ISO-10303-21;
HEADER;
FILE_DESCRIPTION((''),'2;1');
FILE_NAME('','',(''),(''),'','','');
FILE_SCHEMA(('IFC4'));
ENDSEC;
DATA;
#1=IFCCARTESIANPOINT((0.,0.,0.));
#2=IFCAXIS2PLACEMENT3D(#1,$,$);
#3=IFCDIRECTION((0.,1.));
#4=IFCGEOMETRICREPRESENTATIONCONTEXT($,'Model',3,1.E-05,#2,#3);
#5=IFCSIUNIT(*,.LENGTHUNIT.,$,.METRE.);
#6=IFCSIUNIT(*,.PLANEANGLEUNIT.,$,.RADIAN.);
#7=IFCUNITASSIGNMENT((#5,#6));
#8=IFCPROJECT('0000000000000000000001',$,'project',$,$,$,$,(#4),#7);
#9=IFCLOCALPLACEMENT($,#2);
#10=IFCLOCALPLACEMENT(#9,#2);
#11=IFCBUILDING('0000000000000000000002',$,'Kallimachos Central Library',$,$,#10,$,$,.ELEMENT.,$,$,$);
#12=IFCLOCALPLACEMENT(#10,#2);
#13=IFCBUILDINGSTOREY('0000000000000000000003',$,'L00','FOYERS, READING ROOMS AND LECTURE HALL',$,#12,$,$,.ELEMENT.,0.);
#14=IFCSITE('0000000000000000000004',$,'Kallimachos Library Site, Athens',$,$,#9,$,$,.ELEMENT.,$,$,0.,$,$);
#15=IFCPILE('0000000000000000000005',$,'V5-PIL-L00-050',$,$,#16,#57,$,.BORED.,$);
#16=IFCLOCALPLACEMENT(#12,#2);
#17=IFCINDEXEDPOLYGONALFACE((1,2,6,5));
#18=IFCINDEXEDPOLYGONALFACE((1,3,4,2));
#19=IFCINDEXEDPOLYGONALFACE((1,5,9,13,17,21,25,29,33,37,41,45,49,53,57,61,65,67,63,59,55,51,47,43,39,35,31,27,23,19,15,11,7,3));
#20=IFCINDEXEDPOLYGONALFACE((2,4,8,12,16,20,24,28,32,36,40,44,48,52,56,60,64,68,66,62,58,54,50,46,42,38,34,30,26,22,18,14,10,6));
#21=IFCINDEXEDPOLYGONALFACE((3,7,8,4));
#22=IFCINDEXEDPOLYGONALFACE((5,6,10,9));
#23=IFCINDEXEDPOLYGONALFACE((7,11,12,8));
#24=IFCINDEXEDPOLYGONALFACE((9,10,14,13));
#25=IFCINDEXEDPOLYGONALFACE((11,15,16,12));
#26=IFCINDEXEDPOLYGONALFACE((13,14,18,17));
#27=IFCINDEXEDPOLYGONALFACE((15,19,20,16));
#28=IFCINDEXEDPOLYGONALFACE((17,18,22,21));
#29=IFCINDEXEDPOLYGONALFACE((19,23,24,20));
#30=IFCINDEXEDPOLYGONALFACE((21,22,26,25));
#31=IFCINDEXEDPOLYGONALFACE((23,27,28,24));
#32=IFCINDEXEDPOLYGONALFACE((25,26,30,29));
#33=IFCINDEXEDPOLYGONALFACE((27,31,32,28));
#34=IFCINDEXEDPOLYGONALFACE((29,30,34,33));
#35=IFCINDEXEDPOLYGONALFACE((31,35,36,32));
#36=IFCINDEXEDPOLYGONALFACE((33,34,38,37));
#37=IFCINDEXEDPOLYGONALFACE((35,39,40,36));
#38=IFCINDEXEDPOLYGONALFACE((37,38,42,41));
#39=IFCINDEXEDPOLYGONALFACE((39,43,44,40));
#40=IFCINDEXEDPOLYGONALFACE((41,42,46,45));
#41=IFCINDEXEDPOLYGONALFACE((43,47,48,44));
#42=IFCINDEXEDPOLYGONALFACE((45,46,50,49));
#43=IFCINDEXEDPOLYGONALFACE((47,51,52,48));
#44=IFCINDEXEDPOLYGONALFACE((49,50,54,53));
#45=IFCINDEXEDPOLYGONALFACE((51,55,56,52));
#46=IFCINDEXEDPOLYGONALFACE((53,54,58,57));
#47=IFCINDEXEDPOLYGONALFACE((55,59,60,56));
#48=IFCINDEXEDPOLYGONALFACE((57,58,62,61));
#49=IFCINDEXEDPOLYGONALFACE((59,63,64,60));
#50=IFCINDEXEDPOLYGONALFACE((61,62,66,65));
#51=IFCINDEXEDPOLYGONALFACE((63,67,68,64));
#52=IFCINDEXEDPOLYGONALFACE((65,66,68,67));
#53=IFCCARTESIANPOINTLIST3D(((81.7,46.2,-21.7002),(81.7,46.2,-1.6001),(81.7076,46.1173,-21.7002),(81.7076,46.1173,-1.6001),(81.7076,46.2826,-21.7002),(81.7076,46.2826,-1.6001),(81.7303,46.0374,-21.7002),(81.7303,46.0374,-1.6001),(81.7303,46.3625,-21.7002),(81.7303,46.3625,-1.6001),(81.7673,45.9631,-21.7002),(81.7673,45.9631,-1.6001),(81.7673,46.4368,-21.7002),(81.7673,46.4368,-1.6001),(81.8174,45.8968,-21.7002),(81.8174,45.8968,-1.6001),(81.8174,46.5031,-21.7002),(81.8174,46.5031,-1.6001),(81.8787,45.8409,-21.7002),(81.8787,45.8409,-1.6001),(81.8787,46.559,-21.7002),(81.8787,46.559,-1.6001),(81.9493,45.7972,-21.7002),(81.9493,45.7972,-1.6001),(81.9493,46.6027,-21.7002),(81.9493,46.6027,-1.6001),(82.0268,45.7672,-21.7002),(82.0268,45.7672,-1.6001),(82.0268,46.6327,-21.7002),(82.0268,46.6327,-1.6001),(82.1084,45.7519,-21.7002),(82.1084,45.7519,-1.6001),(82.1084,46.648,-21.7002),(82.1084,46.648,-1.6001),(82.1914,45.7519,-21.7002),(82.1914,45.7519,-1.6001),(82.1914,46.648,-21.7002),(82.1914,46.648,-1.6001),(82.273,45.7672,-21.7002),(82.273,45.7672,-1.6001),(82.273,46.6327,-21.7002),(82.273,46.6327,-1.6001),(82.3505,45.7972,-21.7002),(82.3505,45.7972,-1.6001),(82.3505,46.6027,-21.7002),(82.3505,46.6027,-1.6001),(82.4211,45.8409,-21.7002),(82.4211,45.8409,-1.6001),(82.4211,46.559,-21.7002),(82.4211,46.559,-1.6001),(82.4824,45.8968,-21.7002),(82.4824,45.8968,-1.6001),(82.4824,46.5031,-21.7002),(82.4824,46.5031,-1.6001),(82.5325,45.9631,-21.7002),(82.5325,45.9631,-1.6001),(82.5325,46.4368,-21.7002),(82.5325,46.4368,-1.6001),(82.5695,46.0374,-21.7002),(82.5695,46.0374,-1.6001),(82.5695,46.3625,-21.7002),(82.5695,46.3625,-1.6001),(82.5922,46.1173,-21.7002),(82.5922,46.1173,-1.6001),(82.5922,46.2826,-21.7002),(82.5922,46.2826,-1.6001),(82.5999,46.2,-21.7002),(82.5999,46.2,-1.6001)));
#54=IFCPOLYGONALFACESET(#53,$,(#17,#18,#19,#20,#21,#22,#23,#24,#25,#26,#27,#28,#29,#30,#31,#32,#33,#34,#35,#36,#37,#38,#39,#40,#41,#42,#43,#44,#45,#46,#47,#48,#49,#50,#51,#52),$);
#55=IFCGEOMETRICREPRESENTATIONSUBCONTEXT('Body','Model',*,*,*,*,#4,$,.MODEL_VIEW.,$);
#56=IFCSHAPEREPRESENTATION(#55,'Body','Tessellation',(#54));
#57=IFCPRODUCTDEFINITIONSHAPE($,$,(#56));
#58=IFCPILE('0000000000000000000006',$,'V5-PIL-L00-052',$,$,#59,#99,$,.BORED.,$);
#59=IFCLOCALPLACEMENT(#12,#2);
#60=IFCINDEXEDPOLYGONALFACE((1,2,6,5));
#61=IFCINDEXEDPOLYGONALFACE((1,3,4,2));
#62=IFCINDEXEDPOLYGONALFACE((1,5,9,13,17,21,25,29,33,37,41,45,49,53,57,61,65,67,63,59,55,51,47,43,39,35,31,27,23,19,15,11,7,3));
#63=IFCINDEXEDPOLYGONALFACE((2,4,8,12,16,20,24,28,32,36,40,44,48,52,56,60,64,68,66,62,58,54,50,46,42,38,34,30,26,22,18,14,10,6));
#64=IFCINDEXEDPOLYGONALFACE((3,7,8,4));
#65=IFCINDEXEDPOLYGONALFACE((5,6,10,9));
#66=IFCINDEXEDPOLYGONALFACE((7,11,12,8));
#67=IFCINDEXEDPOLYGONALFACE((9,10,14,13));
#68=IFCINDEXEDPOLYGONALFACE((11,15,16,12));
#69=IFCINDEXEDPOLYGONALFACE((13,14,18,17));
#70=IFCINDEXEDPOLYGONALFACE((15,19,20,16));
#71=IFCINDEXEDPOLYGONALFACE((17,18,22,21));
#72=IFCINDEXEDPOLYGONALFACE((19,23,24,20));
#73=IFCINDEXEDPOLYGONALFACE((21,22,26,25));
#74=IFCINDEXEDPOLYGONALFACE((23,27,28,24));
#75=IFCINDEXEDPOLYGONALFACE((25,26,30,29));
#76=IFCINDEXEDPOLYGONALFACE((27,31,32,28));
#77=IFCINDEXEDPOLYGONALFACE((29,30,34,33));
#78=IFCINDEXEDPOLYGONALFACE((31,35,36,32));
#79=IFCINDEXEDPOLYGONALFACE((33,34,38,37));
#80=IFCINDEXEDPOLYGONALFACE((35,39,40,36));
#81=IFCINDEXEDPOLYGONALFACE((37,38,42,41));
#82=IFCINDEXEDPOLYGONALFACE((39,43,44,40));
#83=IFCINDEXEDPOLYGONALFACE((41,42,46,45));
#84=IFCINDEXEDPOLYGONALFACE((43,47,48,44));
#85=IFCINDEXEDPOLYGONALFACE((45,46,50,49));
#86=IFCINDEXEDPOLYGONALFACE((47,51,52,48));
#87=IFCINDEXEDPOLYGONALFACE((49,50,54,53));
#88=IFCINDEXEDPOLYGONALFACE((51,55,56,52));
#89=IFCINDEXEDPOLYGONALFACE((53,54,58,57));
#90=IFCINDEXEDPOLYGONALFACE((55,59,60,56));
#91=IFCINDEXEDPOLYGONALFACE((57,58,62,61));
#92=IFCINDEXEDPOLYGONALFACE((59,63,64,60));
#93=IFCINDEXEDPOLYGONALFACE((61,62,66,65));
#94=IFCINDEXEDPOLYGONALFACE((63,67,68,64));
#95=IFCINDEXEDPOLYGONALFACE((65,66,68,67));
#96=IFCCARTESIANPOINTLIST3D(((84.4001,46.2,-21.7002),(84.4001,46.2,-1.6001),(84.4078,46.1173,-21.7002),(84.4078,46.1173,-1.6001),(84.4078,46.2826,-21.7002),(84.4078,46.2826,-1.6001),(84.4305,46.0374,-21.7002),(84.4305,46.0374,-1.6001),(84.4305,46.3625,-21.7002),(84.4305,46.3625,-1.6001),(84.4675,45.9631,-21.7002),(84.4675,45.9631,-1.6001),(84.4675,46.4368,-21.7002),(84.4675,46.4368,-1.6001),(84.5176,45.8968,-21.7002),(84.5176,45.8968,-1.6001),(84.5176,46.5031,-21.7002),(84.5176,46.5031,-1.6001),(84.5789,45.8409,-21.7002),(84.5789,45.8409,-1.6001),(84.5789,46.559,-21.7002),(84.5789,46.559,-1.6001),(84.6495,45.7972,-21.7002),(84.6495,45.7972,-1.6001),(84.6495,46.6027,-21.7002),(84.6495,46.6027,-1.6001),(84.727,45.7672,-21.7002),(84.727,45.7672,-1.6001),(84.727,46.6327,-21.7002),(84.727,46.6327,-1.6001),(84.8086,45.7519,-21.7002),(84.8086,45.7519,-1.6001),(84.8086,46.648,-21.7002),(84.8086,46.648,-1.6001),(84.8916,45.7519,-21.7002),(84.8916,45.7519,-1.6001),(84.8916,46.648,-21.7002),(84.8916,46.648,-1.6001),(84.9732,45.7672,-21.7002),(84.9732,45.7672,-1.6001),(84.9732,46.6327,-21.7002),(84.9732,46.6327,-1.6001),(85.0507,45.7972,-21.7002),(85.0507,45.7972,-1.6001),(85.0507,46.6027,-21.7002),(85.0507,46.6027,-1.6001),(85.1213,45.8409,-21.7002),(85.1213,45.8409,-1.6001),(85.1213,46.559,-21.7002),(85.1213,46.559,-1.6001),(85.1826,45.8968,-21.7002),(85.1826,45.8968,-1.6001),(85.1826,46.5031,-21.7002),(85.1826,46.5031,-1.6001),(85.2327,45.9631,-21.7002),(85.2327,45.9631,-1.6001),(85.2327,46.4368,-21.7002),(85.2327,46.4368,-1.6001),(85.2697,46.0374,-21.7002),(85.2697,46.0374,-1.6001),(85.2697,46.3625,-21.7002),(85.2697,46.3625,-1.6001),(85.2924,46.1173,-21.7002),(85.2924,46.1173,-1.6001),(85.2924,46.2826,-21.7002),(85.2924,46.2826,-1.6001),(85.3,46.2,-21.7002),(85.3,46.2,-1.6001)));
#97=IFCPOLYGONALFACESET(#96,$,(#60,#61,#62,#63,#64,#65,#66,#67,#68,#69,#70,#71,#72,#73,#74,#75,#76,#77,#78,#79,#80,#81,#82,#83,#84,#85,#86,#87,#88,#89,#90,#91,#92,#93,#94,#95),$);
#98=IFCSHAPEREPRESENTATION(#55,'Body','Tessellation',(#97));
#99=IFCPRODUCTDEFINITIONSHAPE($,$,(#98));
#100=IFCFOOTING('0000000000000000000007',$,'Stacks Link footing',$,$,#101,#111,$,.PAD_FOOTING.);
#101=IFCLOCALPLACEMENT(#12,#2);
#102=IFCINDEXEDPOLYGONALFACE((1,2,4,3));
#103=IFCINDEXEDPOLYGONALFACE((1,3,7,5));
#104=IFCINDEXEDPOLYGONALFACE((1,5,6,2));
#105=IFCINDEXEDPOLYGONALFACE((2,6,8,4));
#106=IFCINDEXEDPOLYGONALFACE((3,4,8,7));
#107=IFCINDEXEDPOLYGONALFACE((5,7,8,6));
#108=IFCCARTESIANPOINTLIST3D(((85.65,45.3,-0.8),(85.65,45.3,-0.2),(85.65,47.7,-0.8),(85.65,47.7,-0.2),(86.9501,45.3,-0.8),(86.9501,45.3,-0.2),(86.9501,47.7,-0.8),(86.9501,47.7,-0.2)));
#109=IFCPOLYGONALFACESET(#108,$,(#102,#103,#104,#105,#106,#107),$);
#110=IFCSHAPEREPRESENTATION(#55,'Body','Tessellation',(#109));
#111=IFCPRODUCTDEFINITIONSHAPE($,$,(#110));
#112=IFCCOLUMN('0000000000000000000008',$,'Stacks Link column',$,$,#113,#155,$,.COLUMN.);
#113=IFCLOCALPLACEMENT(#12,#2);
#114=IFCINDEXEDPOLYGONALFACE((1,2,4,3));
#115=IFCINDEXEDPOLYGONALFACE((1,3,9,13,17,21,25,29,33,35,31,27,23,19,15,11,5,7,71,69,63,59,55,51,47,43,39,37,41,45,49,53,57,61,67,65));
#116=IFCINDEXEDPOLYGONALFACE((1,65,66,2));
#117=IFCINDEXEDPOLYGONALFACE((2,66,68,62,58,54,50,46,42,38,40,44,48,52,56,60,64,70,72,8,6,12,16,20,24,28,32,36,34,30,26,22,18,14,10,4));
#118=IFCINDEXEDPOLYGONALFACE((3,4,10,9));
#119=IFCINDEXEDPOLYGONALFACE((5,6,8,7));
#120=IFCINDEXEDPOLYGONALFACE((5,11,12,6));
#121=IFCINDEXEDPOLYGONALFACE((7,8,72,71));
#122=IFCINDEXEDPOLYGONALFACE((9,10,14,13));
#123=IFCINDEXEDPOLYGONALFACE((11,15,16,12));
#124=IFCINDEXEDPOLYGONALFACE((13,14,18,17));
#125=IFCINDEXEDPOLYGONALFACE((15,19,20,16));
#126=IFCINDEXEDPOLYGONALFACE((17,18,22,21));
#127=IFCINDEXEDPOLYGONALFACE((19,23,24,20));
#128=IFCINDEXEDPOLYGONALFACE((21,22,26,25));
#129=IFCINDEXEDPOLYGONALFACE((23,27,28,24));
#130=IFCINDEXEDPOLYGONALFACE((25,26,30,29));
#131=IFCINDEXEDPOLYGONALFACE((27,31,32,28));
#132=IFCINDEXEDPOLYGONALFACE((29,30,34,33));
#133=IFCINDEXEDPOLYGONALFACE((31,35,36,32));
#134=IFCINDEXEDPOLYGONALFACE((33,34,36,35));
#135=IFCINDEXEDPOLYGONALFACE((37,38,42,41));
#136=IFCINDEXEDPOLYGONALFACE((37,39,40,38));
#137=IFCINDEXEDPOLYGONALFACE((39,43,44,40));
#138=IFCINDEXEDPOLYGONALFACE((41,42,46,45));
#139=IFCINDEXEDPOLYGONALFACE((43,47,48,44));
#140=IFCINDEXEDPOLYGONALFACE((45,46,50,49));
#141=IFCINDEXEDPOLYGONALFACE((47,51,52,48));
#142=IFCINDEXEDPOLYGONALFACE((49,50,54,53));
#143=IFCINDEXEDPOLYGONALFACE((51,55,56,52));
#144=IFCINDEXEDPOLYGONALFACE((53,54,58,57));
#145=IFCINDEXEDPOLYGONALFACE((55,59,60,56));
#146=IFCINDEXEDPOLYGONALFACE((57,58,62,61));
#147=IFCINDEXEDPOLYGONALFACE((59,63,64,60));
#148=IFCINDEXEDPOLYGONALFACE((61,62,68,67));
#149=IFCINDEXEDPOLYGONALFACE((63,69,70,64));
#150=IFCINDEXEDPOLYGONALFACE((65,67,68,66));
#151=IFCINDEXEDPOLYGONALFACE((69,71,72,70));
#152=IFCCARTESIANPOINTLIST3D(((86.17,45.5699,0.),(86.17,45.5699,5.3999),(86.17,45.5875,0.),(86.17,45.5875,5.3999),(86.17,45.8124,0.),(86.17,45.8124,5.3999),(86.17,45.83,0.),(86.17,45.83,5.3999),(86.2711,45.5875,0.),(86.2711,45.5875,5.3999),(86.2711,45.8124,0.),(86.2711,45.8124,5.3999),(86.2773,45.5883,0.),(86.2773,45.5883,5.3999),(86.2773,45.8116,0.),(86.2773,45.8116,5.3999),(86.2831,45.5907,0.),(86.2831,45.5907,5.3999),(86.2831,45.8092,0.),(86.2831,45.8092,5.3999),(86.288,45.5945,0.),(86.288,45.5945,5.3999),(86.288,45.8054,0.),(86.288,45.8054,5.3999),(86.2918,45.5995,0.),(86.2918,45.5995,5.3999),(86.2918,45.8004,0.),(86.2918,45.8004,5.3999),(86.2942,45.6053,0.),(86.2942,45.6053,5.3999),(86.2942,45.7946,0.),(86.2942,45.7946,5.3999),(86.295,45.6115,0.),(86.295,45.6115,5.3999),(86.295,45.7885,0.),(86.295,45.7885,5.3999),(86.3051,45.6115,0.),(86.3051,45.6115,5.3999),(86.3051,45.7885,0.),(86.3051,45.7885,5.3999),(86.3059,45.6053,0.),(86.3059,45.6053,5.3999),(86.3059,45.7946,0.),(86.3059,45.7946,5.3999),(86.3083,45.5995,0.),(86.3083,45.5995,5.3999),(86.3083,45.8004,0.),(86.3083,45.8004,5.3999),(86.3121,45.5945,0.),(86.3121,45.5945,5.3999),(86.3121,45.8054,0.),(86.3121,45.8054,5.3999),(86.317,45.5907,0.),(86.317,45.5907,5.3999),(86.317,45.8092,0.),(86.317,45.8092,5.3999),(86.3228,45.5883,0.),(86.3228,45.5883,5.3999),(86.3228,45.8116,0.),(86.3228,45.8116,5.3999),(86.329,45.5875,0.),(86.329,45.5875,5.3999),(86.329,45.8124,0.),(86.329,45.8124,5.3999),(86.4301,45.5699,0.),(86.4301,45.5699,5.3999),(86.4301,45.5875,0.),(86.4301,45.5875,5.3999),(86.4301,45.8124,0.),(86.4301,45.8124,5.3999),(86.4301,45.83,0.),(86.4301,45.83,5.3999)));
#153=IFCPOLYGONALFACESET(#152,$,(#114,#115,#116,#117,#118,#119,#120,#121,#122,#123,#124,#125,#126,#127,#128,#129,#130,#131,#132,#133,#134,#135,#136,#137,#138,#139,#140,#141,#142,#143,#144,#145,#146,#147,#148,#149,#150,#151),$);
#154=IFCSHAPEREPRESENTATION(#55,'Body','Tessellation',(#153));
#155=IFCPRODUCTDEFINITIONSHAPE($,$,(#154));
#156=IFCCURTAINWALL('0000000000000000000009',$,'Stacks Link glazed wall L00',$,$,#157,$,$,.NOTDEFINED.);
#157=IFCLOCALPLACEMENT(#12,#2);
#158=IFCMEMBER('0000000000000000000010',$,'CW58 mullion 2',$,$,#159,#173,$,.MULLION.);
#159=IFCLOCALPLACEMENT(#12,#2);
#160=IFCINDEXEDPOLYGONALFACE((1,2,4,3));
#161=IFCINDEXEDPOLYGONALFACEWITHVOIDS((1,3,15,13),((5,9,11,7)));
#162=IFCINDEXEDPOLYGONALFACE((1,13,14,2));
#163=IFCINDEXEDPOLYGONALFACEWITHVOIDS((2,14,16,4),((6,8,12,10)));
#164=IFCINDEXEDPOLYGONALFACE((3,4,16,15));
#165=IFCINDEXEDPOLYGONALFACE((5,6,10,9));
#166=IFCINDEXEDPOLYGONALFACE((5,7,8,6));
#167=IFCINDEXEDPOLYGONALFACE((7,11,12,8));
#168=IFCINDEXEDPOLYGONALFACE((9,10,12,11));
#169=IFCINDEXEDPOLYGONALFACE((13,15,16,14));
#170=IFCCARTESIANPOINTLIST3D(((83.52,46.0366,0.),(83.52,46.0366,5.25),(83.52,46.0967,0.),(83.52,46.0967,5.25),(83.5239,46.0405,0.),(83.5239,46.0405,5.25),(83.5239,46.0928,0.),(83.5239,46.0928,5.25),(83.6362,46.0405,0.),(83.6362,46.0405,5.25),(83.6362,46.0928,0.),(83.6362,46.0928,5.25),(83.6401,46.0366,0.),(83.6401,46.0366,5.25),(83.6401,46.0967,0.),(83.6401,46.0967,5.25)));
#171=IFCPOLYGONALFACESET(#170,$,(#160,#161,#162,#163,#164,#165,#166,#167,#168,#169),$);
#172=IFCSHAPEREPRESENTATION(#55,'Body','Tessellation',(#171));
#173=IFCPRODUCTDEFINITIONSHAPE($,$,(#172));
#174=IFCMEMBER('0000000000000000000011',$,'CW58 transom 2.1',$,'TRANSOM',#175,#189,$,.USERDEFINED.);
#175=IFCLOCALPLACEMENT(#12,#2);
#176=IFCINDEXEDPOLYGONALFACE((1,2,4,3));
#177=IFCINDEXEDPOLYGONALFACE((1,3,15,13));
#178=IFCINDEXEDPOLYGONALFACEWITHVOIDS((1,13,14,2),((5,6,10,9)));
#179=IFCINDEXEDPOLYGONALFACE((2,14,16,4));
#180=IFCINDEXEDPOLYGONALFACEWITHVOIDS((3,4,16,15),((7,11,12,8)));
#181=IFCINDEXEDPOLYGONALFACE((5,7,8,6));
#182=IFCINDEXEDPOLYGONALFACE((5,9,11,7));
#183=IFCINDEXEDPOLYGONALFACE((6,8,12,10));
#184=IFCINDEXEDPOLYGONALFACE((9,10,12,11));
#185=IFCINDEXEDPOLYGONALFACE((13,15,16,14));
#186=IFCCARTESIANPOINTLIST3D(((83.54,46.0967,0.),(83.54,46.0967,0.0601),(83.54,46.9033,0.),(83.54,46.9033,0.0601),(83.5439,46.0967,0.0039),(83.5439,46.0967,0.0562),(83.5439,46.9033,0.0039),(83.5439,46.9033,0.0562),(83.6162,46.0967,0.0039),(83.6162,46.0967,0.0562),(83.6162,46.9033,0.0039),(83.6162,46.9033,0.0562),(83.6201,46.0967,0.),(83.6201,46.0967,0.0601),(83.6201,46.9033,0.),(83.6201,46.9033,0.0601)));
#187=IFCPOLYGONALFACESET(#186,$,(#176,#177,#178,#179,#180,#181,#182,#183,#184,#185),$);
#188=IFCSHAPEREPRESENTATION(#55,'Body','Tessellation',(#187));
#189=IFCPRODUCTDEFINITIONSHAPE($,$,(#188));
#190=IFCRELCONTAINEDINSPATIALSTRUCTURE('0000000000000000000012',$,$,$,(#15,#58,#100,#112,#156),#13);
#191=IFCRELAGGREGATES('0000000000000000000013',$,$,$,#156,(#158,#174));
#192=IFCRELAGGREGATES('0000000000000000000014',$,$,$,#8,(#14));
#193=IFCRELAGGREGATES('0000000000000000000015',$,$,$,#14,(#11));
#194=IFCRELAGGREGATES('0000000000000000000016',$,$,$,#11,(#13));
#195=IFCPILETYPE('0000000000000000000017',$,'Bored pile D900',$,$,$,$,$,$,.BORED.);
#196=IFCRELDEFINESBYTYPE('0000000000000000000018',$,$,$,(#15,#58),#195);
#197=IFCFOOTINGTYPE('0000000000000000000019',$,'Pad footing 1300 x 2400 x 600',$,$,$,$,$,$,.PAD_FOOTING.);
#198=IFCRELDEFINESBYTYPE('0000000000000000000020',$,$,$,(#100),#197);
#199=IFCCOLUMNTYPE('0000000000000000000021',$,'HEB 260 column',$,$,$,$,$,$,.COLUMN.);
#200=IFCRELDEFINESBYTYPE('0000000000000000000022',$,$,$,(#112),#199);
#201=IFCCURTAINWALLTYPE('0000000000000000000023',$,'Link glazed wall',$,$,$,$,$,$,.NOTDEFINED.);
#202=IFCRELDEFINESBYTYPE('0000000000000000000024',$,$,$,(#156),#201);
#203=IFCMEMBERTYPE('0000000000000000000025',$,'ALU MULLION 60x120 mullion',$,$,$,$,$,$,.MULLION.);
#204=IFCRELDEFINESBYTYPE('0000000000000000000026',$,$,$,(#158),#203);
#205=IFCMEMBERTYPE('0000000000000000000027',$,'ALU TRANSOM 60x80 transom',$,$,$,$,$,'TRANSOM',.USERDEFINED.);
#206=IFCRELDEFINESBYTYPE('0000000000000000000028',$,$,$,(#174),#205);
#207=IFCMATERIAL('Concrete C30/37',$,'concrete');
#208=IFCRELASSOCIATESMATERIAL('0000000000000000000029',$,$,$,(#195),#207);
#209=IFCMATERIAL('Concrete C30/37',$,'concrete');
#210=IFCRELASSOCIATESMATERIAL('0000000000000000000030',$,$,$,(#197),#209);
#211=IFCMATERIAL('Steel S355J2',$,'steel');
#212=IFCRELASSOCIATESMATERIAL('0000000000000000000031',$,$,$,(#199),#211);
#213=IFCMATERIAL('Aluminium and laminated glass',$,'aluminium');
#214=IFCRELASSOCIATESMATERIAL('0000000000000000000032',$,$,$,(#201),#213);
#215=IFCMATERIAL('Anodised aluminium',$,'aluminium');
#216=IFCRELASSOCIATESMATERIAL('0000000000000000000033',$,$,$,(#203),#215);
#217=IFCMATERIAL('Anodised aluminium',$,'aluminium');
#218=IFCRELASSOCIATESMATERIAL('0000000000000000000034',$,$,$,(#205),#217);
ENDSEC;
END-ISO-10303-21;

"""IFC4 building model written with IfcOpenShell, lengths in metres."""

from ifc_helpers import new_model, si_unit, direction, frame, origin, origin_2d, place, context, subcontext, project, spatial, rectangle, hollow_rectangle, circle, i_section, extrude, material, material_profile, profile_set, type_object, element, aggregate, save


model = new_model("IFC4")

# Units and contexts
model_context = context("Model", 3, precision=1e-05, world=origin(), true_north=direction((0.0, 1.0)))
body_context = subcontext(model_context, "Body", "Model", "MODEL_VIEW")
ifc_project = project(units=[si_unit("LENGTHUNIT", "METRE"), si_unit("PLANEANGLEUNIT", "RADIAN")], contexts=[model_context])

# Site, building, storey
site_placement = place(None, origin())
site = spatial("IfcSite", under=ifc_project, at=site_placement, Name="Kallimachos Library Site, Athens", CompositionType="ELEMENT", RefElevation=0.0)
building_placement = place(site_placement, origin())
building = spatial("IfcBuilding", under=site, at=building_placement, Name="Kallimachos Central Library", CompositionType="ELEMENT")
storey_placement = place(building_placement, origin())
storey = spatial("IfcBuildingStorey", under=building, at=storey_placement, Name="L00", Description="FOYERS, READING ROOMS AND LECTURE HALL", CompositionType="ELEMENT", Elevation=0.0)

# Piles
ifc_material_1 = material(Name="Concrete C30/37", Category="concrete")
pile_type = type_object("IfcPileType", Name="Bored pile D900", PredefinedType="BORED", material=ifc_material_1)
for number, where, z_axis, x_axis, name in (
    (1, (82.1499, 46.2, -1.6001), (0.0, 0.0, -1.0), (1.0, 0.0, 0.0), "V5-PIL-L00-050"),
    (2, (84.8501, 46.2, -1.6001), (0.0, 0.0, -1.0), (1.0, 0.0, 0.0), "V5-PIL-L00-052"),
):
    element("IfcPile", number, at=place(storey_placement, frame(where, z_axis=z_axis, x_axis=x_axis)), inside=storey, type_object=pile_type, Name=name, PredefinedType="BORED", context=body_context, shape_type="SweptSolid", body=[
        extrude(circle(Radius=0.45, at=origin_2d()), origin(), (0.0, 0.0, 1.0), 20.1001),
    ])

# Footing
ifc_material_2 = material(Name="Concrete C30/37", Category="concrete")
footing_type = type_object("IfcFootingType", Name="Pad footing 1300 x 2400 x 600", PredefinedType="PAD_FOOTING", material=ifc_material_2)
footing_placement = place(storey_placement, frame((86.3, 46.5, -0.8), z_axis=(0.0, 0.0, 1.0), x_axis=(1.0, 0.0, 0.0)))
element("IfcFooting", 3, at=footing_placement, inside=storey, type_object=footing_type, Name="Stacks Link footing", PredefinedType="PAD_FOOTING", context=body_context, shape_type="SweptSolid", body=[
    extrude(rectangle(XDim=1.3, YDim=2.3999, at=origin_2d()), origin(), (0.0, 0.0, 1.0), 0.6001),
])

# Column
ifc_material_3 = material(Name="Steel S355J2", Category="steel")
ifc_material_profile_1 = material_profile(ifc_material_3, i_section(OverallWidth=0.26, OverallDepth=0.26, WebThickness=0.01, FlangeThickness=0.0176, FilletRadius=0.0239, at=origin_2d()), Name="HEB 260")
ifc_profile_set_1 = profile_set([ifc_material_profile_1], Name="Steel S355J2")
column_type = type_object("IfcColumnType", Name="HEB 260 column", PredefinedType="COLUMN", material=ifc_profile_set_1)
column_placement = place(storey_placement, frame((86.3, 45.7, 0.0), z_axis=(0.0, 0.0, 1.0), x_axis=(1.0, 0.0, 0.0)))
element("IfcColumn", 4, at=column_placement, inside=storey, type_object=column_type, Name="Stacks Link column", PredefinedType="COLUMN", context=body_context, shape_type="SweptSolid", body=[
    extrude(i_section(OverallWidth=0.26, OverallDepth=0.26, WebThickness=0.01, FlangeThickness=0.0176, FilletRadius=0.0239, at=origin_2d()), origin(), (0.0, 0.0, 1.0), 5.3999),
])

# Curtain wall, members
ifc_material_4 = material(Name="Aluminium and laminated glass", Category="aluminium")
curtain_wall_type = type_object("IfcCurtainWallType", Name="Link glazed wall", PredefinedType="NOTDEFINED", material=ifc_material_4)
curtain_wall_placement = place(storey_placement, origin())
curtain_wall = element("IfcCurtainWall", 5, at=curtain_wall_placement, inside=storey, type_object=curtain_wall_type, Name="Stacks Link glazed wall L00", PredefinedType="NOTDEFINED")
ifc_material_5 = material(Name="Anodised aluminium", Category="aluminium")
ifc_material_profile_2 = material_profile(ifc_material_5, hollow_rectangle(XDim=0.0601, YDim=0.1201, WallThickness=0.0039, at=origin_2d()), Name="ALU MULLION 60x120")
ifc_profile_set_2 = profile_set([ifc_material_profile_2], Name="Anodised aluminium")
member_type_1 = type_object("IfcMemberType", Name="ALU MULLION 60x120 mullion", PredefinedType="MULLION", material=ifc_profile_set_2)
member_1_placement = place(storey_placement, frame((83.5801, 46.0667, 0.0), z_axis=(0.0, 0.0, 1.0), x_axis=(0.0, 1.0, 0.0)))
member_1 = element("IfcMember", 6, at=member_1_placement, type_object=member_type_1, Name="CW58 mullion 2", PredefinedType="MULLION", context=body_context, shape_type="SweptSolid", body=[
    extrude(hollow_rectangle(XDim=0.0601, YDim=0.1201, WallThickness=0.0039, at=origin_2d()), origin(), (0.0, 0.0, 1.0), 5.25),
])
ifc_material_6 = material(Name="Anodised aluminium", Category="aluminium")
ifc_material_profile_3 = material_profile(ifc_material_6, hollow_rectangle(XDim=0.0601, YDim=0.0801, WallThickness=0.0039, at=origin_2d()), Name="ALU TRANSOM 60x80")
ifc_profile_set_3 = profile_set([ifc_material_profile_3], Name="Anodised aluminium")
member_type_2 = type_object("IfcMemberType", Name="ALU TRANSOM 60x80 transom", ElementType="TRANSOM", PredefinedType="USERDEFINED", material=ifc_profile_set_3)
member_2_placement = place(storey_placement, frame((83.5801, 46.0967, 0.03), z_axis=(0.0, 1.0, 0.0), x_axis=(0.0, 0.0, 1.0)))
member_2 = element("IfcMember", 7, at=member_2_placement, type_object=member_type_2, Name="CW58 transom 2.1", ObjectType="TRANSOM", PredefinedType="USERDEFINED", context=body_context, shape_type="SweptSolid", body=[
    extrude(hollow_rectangle(XDim=0.0601, YDim=0.0801, WallThickness=0.0039, at=origin_2d()), origin(), (0.0, 0.0, 1.0), 0.8066),
])

aggregate(curtain_wall, [member_1, member_2])

save(model, "model.ifc")
